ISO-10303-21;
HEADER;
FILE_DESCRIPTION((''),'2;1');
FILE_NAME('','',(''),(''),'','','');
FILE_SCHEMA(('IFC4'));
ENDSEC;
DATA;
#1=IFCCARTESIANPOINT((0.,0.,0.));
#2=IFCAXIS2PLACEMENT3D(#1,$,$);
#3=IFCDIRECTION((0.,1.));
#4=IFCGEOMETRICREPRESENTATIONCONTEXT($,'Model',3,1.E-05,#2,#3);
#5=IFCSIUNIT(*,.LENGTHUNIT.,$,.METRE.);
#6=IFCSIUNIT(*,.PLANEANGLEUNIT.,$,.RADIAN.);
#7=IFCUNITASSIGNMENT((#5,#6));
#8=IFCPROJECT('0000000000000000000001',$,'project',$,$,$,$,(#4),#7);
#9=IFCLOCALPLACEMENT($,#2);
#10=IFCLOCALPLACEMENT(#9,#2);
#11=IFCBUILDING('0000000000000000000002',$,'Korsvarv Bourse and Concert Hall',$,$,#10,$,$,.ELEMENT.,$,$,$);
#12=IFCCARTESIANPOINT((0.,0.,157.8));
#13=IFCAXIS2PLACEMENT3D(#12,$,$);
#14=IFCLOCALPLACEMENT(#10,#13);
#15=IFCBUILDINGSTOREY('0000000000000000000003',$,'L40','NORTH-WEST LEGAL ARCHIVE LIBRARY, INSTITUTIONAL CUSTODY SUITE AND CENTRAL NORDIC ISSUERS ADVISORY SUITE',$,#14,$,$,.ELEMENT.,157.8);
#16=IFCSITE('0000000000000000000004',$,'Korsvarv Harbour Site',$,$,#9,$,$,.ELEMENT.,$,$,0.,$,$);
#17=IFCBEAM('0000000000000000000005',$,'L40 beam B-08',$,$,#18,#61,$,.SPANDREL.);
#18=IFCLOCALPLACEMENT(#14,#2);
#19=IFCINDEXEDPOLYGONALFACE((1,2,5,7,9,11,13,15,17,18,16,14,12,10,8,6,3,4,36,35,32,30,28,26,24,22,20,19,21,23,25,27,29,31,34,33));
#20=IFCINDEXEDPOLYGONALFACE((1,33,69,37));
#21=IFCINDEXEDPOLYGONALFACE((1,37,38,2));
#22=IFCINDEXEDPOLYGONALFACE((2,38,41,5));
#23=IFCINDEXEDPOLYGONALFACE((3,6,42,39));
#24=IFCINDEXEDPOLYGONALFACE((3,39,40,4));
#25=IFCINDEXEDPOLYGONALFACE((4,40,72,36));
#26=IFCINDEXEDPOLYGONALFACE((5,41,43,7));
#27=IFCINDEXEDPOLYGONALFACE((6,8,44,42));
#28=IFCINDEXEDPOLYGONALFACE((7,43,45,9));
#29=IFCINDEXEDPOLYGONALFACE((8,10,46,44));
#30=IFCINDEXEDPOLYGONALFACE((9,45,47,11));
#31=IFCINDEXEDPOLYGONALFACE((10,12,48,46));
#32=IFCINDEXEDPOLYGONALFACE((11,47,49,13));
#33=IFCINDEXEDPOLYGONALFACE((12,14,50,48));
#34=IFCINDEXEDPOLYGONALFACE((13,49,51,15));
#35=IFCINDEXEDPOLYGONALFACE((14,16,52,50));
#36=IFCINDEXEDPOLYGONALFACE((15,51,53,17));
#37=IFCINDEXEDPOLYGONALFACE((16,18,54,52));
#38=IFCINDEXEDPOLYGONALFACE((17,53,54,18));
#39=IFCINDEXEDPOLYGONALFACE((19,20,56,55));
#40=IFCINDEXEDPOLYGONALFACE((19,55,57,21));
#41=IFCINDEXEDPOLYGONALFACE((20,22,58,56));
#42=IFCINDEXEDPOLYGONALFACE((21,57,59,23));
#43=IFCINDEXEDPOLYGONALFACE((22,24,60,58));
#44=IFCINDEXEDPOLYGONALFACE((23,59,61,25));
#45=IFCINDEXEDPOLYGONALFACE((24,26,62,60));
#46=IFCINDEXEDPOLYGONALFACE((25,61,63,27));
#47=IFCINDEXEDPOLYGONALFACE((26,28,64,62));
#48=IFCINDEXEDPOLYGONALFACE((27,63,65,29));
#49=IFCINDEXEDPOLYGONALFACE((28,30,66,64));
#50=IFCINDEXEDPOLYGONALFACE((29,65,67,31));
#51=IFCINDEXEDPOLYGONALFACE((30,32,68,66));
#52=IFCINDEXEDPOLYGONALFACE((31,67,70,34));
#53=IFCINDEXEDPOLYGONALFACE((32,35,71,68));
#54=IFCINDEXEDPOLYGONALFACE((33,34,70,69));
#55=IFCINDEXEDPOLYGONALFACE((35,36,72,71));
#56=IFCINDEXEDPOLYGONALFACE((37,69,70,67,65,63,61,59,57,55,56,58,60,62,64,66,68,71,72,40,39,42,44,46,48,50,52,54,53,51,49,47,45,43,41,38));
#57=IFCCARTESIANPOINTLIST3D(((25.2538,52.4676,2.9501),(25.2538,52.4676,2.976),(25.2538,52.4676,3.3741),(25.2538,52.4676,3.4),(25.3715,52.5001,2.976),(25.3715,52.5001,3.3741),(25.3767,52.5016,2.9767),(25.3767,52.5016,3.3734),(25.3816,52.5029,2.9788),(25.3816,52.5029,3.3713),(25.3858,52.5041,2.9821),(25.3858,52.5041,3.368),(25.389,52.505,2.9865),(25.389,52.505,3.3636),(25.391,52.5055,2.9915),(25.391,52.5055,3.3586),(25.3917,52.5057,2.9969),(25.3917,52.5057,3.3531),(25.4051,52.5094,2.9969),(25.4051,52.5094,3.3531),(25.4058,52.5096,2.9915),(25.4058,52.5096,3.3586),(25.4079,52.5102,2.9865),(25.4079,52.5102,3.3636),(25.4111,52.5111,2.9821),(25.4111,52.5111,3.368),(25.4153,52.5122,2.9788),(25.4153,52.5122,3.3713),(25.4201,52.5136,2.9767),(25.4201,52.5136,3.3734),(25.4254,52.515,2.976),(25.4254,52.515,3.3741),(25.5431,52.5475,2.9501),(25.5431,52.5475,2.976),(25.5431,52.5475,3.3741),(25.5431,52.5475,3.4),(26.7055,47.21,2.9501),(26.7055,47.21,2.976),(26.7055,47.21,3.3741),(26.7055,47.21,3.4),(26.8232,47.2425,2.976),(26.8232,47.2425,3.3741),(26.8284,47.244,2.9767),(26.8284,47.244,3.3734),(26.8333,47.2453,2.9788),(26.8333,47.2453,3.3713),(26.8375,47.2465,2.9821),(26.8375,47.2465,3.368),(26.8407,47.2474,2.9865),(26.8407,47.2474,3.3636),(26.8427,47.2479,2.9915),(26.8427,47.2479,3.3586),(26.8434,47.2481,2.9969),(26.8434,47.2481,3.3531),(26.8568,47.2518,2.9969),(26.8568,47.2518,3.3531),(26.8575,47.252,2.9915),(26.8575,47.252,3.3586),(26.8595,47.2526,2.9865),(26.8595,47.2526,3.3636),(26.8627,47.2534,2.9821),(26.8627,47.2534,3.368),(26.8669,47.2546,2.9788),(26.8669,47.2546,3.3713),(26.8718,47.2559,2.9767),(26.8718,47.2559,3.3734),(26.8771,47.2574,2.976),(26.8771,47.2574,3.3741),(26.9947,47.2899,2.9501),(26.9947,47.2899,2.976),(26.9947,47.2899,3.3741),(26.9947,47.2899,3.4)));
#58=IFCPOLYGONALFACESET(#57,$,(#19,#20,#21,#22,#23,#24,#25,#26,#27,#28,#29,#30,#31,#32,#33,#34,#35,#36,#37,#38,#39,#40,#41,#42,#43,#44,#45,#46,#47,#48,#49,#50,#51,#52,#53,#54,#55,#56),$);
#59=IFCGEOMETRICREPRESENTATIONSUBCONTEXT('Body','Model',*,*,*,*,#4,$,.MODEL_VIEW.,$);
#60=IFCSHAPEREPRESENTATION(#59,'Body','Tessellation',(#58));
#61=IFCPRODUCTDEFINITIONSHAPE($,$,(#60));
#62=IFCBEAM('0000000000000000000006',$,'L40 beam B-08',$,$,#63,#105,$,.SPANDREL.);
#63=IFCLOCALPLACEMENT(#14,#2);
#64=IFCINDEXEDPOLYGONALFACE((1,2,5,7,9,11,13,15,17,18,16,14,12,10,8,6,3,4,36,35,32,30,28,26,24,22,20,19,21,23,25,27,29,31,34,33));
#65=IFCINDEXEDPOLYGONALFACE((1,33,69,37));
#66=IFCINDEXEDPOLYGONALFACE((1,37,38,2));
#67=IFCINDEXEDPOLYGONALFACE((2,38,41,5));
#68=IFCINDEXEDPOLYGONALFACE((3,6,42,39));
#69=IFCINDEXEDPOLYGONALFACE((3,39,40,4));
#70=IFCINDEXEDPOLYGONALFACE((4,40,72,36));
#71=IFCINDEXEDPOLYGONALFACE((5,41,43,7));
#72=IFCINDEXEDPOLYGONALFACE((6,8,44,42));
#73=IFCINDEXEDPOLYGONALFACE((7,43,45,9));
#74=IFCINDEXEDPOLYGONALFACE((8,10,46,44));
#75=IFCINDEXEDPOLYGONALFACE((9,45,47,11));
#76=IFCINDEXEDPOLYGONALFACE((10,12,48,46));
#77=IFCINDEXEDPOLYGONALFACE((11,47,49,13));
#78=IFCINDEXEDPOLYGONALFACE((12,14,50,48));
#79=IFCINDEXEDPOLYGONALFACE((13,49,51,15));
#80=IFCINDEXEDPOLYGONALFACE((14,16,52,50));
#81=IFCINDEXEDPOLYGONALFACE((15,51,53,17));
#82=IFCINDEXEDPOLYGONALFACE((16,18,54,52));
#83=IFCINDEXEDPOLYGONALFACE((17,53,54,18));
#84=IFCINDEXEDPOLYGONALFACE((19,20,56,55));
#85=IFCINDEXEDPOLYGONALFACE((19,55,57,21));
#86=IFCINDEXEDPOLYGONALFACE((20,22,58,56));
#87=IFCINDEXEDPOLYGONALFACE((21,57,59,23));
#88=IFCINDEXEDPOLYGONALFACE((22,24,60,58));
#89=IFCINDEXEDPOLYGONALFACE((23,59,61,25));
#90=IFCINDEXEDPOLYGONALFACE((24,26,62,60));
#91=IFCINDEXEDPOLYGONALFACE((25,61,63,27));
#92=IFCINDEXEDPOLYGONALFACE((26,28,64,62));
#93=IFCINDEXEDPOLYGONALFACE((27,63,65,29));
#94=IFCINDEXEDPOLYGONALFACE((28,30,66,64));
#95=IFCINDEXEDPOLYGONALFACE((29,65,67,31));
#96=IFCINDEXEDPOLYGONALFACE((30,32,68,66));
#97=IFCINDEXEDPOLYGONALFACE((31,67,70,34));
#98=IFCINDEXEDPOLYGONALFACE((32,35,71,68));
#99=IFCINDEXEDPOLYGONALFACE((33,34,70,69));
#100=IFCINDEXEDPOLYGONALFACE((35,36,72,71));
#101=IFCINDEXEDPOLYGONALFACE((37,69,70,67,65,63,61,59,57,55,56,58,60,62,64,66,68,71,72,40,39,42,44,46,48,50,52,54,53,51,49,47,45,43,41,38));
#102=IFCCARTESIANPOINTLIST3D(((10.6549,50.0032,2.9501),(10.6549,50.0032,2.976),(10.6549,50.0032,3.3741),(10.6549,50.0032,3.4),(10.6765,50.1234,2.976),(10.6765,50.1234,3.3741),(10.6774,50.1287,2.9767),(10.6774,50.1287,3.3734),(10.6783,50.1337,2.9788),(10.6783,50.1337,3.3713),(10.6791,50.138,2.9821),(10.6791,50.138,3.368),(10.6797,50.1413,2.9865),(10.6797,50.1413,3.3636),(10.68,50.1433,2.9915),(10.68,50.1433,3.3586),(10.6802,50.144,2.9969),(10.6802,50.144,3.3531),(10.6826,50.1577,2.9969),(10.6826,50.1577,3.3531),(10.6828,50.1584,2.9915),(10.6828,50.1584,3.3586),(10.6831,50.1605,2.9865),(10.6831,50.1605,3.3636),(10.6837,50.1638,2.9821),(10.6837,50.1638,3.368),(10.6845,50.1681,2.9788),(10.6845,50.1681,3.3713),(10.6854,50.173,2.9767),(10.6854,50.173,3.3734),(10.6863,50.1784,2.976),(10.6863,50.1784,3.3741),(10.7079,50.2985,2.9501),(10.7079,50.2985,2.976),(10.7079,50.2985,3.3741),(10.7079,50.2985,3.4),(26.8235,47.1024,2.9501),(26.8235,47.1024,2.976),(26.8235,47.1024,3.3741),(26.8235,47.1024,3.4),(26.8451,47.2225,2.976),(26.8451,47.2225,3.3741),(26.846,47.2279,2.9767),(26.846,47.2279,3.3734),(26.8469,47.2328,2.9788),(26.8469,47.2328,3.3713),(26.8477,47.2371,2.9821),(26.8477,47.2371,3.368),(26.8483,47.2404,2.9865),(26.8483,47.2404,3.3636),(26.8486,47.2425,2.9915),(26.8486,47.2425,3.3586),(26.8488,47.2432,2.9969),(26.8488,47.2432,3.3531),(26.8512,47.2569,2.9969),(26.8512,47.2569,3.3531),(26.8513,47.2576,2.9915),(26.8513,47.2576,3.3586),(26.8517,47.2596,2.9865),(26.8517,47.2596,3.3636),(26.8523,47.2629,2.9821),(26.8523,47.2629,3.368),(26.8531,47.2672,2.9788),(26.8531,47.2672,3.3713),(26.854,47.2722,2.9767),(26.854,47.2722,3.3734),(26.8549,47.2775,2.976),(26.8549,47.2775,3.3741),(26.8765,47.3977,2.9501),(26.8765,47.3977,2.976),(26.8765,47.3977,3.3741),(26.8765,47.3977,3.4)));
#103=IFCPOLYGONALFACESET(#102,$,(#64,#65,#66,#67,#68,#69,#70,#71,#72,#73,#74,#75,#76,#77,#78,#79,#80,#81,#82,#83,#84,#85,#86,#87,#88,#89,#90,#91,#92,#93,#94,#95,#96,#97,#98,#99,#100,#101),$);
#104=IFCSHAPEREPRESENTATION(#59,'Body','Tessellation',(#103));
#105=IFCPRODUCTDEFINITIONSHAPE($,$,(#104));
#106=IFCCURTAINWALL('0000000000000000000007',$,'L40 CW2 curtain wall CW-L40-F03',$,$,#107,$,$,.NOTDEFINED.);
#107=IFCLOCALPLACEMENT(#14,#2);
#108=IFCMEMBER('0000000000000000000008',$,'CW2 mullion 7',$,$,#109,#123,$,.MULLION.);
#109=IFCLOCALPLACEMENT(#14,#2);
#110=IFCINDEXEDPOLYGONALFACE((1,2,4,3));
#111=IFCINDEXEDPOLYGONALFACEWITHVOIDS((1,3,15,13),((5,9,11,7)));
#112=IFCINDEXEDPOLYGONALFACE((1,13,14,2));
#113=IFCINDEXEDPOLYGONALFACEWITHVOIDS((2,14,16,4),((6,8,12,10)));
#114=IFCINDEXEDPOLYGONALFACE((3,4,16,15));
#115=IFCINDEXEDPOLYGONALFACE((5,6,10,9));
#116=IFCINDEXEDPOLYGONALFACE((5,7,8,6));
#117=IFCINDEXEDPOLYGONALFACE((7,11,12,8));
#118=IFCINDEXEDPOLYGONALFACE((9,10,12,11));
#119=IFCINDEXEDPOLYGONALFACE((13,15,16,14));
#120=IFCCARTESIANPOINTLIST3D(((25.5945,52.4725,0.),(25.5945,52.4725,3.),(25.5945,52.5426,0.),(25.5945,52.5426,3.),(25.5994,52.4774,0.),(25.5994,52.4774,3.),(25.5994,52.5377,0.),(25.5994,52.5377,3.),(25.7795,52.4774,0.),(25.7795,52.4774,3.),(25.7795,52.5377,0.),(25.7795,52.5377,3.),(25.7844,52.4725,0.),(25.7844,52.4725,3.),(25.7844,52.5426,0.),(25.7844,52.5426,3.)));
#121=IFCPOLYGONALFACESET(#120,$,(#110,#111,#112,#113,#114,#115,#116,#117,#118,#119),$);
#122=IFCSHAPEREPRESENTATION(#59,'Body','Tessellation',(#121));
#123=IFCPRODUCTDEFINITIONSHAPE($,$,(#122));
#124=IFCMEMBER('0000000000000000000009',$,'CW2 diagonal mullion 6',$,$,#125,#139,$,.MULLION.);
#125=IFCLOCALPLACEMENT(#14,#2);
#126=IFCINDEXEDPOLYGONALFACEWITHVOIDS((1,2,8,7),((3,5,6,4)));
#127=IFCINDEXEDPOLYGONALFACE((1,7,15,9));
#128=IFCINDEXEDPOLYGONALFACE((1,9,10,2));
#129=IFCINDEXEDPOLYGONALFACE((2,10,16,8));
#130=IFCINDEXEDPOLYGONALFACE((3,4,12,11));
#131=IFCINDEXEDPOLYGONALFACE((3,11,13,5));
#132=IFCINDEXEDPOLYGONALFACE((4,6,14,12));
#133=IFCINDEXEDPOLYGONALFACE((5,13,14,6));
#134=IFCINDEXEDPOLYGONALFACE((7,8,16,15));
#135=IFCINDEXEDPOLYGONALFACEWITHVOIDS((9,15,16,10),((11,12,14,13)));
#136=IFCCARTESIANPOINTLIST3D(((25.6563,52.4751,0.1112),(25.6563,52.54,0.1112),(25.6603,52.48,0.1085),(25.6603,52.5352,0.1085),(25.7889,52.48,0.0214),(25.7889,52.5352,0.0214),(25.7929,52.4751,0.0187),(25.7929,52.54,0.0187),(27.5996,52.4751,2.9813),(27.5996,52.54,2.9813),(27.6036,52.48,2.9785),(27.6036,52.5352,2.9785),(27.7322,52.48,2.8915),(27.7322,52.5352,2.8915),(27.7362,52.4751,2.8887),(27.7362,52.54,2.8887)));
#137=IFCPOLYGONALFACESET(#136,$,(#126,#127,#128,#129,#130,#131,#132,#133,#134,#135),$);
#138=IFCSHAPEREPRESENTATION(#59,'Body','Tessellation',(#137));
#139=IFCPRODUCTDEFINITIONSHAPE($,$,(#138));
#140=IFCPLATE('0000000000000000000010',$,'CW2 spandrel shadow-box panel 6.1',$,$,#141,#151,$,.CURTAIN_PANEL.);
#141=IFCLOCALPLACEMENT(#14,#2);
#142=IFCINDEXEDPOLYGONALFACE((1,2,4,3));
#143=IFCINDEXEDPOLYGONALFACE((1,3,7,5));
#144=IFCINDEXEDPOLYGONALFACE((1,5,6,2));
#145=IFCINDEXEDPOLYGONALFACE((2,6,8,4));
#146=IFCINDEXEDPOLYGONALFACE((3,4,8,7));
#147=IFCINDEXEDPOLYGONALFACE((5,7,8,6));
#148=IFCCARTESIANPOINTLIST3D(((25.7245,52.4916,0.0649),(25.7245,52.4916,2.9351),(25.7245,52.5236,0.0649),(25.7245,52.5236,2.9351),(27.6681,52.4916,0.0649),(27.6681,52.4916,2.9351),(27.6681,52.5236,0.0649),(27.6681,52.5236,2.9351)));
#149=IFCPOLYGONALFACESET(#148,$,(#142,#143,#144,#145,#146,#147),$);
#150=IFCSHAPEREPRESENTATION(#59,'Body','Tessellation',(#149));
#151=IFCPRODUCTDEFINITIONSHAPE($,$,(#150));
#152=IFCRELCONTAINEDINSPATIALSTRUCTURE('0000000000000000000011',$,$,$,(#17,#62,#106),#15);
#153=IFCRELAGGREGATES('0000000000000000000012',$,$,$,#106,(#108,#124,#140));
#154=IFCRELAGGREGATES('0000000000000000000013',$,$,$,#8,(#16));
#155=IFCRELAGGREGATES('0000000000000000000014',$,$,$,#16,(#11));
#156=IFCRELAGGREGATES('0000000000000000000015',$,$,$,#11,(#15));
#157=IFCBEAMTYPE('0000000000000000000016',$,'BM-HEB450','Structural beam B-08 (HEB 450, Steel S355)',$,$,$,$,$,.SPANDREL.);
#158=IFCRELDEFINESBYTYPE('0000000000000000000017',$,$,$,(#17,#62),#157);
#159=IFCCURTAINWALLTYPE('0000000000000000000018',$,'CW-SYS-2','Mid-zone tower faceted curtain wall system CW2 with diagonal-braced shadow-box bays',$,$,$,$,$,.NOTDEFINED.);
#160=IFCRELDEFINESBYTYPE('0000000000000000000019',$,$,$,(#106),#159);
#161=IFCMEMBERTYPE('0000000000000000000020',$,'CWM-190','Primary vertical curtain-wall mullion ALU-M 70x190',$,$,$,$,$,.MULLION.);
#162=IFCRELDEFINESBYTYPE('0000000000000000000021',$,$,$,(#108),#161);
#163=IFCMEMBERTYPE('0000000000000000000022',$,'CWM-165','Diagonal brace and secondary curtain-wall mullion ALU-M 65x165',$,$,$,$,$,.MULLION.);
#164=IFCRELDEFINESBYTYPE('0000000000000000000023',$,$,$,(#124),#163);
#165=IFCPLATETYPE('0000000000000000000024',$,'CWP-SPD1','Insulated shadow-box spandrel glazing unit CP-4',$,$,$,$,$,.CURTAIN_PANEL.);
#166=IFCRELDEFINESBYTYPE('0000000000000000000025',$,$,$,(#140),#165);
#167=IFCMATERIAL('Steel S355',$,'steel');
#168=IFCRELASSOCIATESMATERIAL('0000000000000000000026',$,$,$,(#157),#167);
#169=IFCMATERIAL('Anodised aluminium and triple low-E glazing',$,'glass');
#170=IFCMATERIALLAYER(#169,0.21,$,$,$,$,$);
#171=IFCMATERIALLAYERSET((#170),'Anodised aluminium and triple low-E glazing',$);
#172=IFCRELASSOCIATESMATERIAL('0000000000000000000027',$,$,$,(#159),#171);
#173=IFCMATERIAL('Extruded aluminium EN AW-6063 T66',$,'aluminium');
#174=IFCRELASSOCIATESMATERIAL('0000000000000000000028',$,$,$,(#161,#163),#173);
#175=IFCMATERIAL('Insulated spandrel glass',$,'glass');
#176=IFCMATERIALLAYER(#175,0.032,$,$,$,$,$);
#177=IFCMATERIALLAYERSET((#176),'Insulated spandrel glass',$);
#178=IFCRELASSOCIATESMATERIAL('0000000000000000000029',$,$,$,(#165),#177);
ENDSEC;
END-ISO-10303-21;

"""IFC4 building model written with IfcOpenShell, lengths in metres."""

from ifc_helpers import new_model, si_unit, direction, frame, origin, origin_2d, place, context, subcontext, project, spatial, rectangle, hollow_rectangle, i_section, extrude, source, transform, mapped, material, layer, layer_set, material_profile, profile_set, type_object, element, aggregate, save


model = new_model("IFC4")

# Units and contexts
model_context = context("Model", 3, precision=1e-05, world=origin(), true_north=direction((0.0, 1.0)))
body_context = subcontext(model_context, "Body", "Model", "MODEL_VIEW")
ifc_project = project(units=[si_unit("LENGTHUNIT", "METRE"), si_unit("PLANEANGLEUNIT", "RADIAN")], contexts=[model_context])

# Site, building, storey
site_placement = place(None, origin())
site = spatial("IfcSite", under=ifc_project, at=site_placement, Name="Korsvarv Harbour Site", CompositionType="ELEMENT", RefElevation=0.0)
building_placement = place(site_placement, origin())
building = spatial("IfcBuilding", under=site, at=building_placement, Name="Korsvarv Bourse and Concert Hall", CompositionType="ELEMENT")
storey_placement = place(building_placement, frame((0.0, 0.0, 157.8)))
storey = spatial("IfcBuildingStorey", under=building, at=storey_placement, Name="L40", Description="NORTH-WEST LEGAL ARCHIVE LIBRARY, INSTITUTIONAL CUSTODY SUITE AND CENTRAL NORDIC ISSUERS ADVISORY SUITE", CompositionType="ELEMENT", Elevation=157.8)

# Shared definitions
ifc_material_1 = material(Name="Steel S355", Category="steel")

# Beams
ifc_material_profile_1 = material_profile(ifc_material_1, i_section(OverallWidth=0.3, OverallDepth=0.45, WebThickness=0.0139, FlangeThickness=0.0259, FilletRadius=0.021, at=origin_2d()), Name="HEB 450")
ifc_profile_set_1 = profile_set([ifc_material_profile_1], Name="Steel S355")
beam_type_1 = type_object("IfcBeamType", Name="BM-HEB450", Description="Structural beam B-08 (HEB 450, Steel S355)", PredefinedType="SPANDREL", material=ifc_profile_set_1)
shared_shape_1 = source(origin(), body_context, "Body", "SweptSolid", [
    extrude(i_section(OverallWidth=0.3, OverallDepth=0.45, WebThickness=0.0139, FlangeThickness=0.0259, FilletRadius=0.021, at=origin_2d()), origin(), (0.0, 0.0, 1.0), 5.4543),
])
beam_1_placement = place(storey_placement, frame((25.3984, 52.5076, 3.175), z_axis=(0.26615, -0.963932, 0.0), x_axis=(0.963932, 0.26615, 0.0)))
element("IfcBeam", 1, at=beam_1_placement, inside=storey, type_object=beam_type_1, Name="L40 beam B-08", PredefinedType="SPANDREL", context=body_context, shape_type="MappedRepresentation", body=[
    mapped(shared_shape_1, transform((0.0, 0.0, 0.0), scale=1.0)),
])
shared_shape_2 = source(origin(), body_context, "Body", "SweptSolid", [
    extrude(i_section(OverallWidth=0.3, OverallDepth=0.45, WebThickness=0.0139, FlangeThickness=0.0259, FilletRadius=0.021, at=origin_2d()), origin(), (0.0, 0.0, 1.0), 16.4268),
])
beam_2_placement = place(storey_placement, frame((10.6814, 50.1509, 3.175), z_axis=(0.984284, -0.176594, 0.0), x_axis=(0.176594, 0.984284, 0.0)))
element("IfcBeam", 2, at=beam_2_placement, inside=storey, type_object=beam_type_1, Name="L40 beam B-08", PredefinedType="SPANDREL", context=body_context, shape_type="MappedRepresentation", body=[
    mapped(shared_shape_2, transform((0.0, 0.0, 0.0), scale=1.0)),
])

# Curtain wall, members, plate
ifc_material_2 = material(Name="Anodised aluminium and triple low-E glazing", Category="glass")
ifc_layer_1 = layer(ifc_material_2, 0.21)
ifc_layer_set_1 = layer_set([ifc_layer_1], Name="Anodised aluminium and triple low-E glazing")
curtain_wall_type = type_object("IfcCurtainWallType", Name="CW-SYS-2", Description="Mid-zone tower faceted curtain wall system CW2 with diagonal-braced shadow-box bays", PredefinedType="NOTDEFINED", material=ifc_layer_set_1)
curtain_wall_placement = place(storey_placement, origin())
curtain_wall = element("IfcCurtainWall", 3, at=curtain_wall_placement, inside=storey, type_object=curtain_wall_type, Name="L40 CW2 curtain wall CW-L40-F03", PredefinedType="NOTDEFINED")
ifc_material_3 = material(Name="Extruded aluminium EN AW-6063 T66", Category="aluminium")
ifc_material_profile_2 = material_profile(ifc_material_3, hollow_rectangle(XDim=0.0701, YDim=0.1899, WallThickness=0.0049, at=origin_2d()), Name="ALU-M 70x190")
ifc_profile_set_2 = profile_set([ifc_material_profile_2], Name="Extruded aluminium EN AW-6063 T66")
member_type_1 = type_object("IfcMemberType", Name="CWM-190", Description="Primary vertical curtain-wall mullion ALU-M 70x190", PredefinedType="MULLION", material=ifc_profile_set_2)
shared_shape_3 = source(origin(), body_context, "Body", "SweptSolid", [
    extrude(hollow_rectangle(XDim=0.0701, YDim=0.1899, WallThickness=0.0049, at=origin_2d()), origin(), (0.0, 0.0, 1.0), 3.0),
])
member_1_placement = place(storey_placement, frame((25.6895, 52.5076, 0.0), z_axis=(0.0, 0.0, 1.0), x_axis=(0.0, -1.0, 0.0)))
member_1 = element("IfcMember", 4, at=member_1_placement, type_object=member_type_1, Name="CW2 mullion 7", PredefinedType="MULLION", context=body_context, shape_type="MappedRepresentation", body=[
    mapped(shared_shape_3, transform((0.0, 0.0, 0.0), scale=1.0)),
])
ifc_material_profile_3 = material_profile(ifc_material_3, hollow_rectangle(XDim=0.0649, YDim=0.165, WallThickness=0.0049, at=origin_2d()), Name="ALU-M 65x165")
ifc_profile_set_3 = profile_set([ifc_material_profile_3], Name="Extruded aluminium EN AW-6063 T66")
member_type_2 = type_object("IfcMemberType", Name="CWM-165", Description="Diagonal brace and secondary curtain-wall mullion ALU-M 65x165", PredefinedType="MULLION", material=ifc_profile_set_3)
shared_shape_4 = source(origin(), body_context, "Body", "SweptSolid", [
    extrude(hollow_rectangle(XDim=0.0649, YDim=0.165, WallThickness=0.0049, at=origin_2d()), origin(), (0.0, 0.0, 1.0), 3.4661),
])
member_2_placement = place(storey_placement, frame((25.7246, 52.5076, 0.0649), z_axis=(0.560667, 0.0, 0.828041), x_axis=(0.0, 1.0, 0.0)))
member_2 = element("IfcMember", 5, at=member_2_placement, type_object=member_type_2, Name="CW2 diagonal mullion 6", PredefinedType="MULLION", context=body_context, shape_type="MappedRepresentation", body=[
    mapped(shared_shape_4, transform((0.0, 0.0, 0.0), scale=1.0)),
])
ifc_material_4 = material(Name="Insulated spandrel glass", Category="glass")
ifc_layer_2 = layer(ifc_material_4, 0.032)
ifc_layer_set_2 = layer_set([ifc_layer_2], Name="Insulated spandrel glass")
plate_type = type_object("IfcPlateType", Name="CWP-SPD1", Description="Insulated shadow-box spandrel glazing unit CP-4", PredefinedType="CURTAIN_PANEL", material=ifc_layer_set_2)
shared_shape_5 = source(origin(), body_context, "Body", "SweptSolid", [
    extrude(rectangle(XDim=1.9436, YDim=0.032, at=origin_2d()), origin(), (0.0, 0.0, 1.0), 2.8701),
])
plate_placement = place(storey_placement, frame((26.6963, 52.5076, 0.0649), z_axis=(0.0, 0.0, 1.0), x_axis=(-1.0, 0.0, 0.0)))
plate = element("IfcPlate", 6, at=plate_placement, type_object=plate_type, Name="CW2 spandrel shadow-box panel 6.1", PredefinedType="CURTAIN_PANEL", context=body_context, shape_type="MappedRepresentation", body=[
    mapped(shared_shape_5, transform((0.0, 0.0, 0.0), scale=1.0)),
])
aggregate(curtain_wall, [member_1, member_2, plate])

save(model, "model.ifc")
